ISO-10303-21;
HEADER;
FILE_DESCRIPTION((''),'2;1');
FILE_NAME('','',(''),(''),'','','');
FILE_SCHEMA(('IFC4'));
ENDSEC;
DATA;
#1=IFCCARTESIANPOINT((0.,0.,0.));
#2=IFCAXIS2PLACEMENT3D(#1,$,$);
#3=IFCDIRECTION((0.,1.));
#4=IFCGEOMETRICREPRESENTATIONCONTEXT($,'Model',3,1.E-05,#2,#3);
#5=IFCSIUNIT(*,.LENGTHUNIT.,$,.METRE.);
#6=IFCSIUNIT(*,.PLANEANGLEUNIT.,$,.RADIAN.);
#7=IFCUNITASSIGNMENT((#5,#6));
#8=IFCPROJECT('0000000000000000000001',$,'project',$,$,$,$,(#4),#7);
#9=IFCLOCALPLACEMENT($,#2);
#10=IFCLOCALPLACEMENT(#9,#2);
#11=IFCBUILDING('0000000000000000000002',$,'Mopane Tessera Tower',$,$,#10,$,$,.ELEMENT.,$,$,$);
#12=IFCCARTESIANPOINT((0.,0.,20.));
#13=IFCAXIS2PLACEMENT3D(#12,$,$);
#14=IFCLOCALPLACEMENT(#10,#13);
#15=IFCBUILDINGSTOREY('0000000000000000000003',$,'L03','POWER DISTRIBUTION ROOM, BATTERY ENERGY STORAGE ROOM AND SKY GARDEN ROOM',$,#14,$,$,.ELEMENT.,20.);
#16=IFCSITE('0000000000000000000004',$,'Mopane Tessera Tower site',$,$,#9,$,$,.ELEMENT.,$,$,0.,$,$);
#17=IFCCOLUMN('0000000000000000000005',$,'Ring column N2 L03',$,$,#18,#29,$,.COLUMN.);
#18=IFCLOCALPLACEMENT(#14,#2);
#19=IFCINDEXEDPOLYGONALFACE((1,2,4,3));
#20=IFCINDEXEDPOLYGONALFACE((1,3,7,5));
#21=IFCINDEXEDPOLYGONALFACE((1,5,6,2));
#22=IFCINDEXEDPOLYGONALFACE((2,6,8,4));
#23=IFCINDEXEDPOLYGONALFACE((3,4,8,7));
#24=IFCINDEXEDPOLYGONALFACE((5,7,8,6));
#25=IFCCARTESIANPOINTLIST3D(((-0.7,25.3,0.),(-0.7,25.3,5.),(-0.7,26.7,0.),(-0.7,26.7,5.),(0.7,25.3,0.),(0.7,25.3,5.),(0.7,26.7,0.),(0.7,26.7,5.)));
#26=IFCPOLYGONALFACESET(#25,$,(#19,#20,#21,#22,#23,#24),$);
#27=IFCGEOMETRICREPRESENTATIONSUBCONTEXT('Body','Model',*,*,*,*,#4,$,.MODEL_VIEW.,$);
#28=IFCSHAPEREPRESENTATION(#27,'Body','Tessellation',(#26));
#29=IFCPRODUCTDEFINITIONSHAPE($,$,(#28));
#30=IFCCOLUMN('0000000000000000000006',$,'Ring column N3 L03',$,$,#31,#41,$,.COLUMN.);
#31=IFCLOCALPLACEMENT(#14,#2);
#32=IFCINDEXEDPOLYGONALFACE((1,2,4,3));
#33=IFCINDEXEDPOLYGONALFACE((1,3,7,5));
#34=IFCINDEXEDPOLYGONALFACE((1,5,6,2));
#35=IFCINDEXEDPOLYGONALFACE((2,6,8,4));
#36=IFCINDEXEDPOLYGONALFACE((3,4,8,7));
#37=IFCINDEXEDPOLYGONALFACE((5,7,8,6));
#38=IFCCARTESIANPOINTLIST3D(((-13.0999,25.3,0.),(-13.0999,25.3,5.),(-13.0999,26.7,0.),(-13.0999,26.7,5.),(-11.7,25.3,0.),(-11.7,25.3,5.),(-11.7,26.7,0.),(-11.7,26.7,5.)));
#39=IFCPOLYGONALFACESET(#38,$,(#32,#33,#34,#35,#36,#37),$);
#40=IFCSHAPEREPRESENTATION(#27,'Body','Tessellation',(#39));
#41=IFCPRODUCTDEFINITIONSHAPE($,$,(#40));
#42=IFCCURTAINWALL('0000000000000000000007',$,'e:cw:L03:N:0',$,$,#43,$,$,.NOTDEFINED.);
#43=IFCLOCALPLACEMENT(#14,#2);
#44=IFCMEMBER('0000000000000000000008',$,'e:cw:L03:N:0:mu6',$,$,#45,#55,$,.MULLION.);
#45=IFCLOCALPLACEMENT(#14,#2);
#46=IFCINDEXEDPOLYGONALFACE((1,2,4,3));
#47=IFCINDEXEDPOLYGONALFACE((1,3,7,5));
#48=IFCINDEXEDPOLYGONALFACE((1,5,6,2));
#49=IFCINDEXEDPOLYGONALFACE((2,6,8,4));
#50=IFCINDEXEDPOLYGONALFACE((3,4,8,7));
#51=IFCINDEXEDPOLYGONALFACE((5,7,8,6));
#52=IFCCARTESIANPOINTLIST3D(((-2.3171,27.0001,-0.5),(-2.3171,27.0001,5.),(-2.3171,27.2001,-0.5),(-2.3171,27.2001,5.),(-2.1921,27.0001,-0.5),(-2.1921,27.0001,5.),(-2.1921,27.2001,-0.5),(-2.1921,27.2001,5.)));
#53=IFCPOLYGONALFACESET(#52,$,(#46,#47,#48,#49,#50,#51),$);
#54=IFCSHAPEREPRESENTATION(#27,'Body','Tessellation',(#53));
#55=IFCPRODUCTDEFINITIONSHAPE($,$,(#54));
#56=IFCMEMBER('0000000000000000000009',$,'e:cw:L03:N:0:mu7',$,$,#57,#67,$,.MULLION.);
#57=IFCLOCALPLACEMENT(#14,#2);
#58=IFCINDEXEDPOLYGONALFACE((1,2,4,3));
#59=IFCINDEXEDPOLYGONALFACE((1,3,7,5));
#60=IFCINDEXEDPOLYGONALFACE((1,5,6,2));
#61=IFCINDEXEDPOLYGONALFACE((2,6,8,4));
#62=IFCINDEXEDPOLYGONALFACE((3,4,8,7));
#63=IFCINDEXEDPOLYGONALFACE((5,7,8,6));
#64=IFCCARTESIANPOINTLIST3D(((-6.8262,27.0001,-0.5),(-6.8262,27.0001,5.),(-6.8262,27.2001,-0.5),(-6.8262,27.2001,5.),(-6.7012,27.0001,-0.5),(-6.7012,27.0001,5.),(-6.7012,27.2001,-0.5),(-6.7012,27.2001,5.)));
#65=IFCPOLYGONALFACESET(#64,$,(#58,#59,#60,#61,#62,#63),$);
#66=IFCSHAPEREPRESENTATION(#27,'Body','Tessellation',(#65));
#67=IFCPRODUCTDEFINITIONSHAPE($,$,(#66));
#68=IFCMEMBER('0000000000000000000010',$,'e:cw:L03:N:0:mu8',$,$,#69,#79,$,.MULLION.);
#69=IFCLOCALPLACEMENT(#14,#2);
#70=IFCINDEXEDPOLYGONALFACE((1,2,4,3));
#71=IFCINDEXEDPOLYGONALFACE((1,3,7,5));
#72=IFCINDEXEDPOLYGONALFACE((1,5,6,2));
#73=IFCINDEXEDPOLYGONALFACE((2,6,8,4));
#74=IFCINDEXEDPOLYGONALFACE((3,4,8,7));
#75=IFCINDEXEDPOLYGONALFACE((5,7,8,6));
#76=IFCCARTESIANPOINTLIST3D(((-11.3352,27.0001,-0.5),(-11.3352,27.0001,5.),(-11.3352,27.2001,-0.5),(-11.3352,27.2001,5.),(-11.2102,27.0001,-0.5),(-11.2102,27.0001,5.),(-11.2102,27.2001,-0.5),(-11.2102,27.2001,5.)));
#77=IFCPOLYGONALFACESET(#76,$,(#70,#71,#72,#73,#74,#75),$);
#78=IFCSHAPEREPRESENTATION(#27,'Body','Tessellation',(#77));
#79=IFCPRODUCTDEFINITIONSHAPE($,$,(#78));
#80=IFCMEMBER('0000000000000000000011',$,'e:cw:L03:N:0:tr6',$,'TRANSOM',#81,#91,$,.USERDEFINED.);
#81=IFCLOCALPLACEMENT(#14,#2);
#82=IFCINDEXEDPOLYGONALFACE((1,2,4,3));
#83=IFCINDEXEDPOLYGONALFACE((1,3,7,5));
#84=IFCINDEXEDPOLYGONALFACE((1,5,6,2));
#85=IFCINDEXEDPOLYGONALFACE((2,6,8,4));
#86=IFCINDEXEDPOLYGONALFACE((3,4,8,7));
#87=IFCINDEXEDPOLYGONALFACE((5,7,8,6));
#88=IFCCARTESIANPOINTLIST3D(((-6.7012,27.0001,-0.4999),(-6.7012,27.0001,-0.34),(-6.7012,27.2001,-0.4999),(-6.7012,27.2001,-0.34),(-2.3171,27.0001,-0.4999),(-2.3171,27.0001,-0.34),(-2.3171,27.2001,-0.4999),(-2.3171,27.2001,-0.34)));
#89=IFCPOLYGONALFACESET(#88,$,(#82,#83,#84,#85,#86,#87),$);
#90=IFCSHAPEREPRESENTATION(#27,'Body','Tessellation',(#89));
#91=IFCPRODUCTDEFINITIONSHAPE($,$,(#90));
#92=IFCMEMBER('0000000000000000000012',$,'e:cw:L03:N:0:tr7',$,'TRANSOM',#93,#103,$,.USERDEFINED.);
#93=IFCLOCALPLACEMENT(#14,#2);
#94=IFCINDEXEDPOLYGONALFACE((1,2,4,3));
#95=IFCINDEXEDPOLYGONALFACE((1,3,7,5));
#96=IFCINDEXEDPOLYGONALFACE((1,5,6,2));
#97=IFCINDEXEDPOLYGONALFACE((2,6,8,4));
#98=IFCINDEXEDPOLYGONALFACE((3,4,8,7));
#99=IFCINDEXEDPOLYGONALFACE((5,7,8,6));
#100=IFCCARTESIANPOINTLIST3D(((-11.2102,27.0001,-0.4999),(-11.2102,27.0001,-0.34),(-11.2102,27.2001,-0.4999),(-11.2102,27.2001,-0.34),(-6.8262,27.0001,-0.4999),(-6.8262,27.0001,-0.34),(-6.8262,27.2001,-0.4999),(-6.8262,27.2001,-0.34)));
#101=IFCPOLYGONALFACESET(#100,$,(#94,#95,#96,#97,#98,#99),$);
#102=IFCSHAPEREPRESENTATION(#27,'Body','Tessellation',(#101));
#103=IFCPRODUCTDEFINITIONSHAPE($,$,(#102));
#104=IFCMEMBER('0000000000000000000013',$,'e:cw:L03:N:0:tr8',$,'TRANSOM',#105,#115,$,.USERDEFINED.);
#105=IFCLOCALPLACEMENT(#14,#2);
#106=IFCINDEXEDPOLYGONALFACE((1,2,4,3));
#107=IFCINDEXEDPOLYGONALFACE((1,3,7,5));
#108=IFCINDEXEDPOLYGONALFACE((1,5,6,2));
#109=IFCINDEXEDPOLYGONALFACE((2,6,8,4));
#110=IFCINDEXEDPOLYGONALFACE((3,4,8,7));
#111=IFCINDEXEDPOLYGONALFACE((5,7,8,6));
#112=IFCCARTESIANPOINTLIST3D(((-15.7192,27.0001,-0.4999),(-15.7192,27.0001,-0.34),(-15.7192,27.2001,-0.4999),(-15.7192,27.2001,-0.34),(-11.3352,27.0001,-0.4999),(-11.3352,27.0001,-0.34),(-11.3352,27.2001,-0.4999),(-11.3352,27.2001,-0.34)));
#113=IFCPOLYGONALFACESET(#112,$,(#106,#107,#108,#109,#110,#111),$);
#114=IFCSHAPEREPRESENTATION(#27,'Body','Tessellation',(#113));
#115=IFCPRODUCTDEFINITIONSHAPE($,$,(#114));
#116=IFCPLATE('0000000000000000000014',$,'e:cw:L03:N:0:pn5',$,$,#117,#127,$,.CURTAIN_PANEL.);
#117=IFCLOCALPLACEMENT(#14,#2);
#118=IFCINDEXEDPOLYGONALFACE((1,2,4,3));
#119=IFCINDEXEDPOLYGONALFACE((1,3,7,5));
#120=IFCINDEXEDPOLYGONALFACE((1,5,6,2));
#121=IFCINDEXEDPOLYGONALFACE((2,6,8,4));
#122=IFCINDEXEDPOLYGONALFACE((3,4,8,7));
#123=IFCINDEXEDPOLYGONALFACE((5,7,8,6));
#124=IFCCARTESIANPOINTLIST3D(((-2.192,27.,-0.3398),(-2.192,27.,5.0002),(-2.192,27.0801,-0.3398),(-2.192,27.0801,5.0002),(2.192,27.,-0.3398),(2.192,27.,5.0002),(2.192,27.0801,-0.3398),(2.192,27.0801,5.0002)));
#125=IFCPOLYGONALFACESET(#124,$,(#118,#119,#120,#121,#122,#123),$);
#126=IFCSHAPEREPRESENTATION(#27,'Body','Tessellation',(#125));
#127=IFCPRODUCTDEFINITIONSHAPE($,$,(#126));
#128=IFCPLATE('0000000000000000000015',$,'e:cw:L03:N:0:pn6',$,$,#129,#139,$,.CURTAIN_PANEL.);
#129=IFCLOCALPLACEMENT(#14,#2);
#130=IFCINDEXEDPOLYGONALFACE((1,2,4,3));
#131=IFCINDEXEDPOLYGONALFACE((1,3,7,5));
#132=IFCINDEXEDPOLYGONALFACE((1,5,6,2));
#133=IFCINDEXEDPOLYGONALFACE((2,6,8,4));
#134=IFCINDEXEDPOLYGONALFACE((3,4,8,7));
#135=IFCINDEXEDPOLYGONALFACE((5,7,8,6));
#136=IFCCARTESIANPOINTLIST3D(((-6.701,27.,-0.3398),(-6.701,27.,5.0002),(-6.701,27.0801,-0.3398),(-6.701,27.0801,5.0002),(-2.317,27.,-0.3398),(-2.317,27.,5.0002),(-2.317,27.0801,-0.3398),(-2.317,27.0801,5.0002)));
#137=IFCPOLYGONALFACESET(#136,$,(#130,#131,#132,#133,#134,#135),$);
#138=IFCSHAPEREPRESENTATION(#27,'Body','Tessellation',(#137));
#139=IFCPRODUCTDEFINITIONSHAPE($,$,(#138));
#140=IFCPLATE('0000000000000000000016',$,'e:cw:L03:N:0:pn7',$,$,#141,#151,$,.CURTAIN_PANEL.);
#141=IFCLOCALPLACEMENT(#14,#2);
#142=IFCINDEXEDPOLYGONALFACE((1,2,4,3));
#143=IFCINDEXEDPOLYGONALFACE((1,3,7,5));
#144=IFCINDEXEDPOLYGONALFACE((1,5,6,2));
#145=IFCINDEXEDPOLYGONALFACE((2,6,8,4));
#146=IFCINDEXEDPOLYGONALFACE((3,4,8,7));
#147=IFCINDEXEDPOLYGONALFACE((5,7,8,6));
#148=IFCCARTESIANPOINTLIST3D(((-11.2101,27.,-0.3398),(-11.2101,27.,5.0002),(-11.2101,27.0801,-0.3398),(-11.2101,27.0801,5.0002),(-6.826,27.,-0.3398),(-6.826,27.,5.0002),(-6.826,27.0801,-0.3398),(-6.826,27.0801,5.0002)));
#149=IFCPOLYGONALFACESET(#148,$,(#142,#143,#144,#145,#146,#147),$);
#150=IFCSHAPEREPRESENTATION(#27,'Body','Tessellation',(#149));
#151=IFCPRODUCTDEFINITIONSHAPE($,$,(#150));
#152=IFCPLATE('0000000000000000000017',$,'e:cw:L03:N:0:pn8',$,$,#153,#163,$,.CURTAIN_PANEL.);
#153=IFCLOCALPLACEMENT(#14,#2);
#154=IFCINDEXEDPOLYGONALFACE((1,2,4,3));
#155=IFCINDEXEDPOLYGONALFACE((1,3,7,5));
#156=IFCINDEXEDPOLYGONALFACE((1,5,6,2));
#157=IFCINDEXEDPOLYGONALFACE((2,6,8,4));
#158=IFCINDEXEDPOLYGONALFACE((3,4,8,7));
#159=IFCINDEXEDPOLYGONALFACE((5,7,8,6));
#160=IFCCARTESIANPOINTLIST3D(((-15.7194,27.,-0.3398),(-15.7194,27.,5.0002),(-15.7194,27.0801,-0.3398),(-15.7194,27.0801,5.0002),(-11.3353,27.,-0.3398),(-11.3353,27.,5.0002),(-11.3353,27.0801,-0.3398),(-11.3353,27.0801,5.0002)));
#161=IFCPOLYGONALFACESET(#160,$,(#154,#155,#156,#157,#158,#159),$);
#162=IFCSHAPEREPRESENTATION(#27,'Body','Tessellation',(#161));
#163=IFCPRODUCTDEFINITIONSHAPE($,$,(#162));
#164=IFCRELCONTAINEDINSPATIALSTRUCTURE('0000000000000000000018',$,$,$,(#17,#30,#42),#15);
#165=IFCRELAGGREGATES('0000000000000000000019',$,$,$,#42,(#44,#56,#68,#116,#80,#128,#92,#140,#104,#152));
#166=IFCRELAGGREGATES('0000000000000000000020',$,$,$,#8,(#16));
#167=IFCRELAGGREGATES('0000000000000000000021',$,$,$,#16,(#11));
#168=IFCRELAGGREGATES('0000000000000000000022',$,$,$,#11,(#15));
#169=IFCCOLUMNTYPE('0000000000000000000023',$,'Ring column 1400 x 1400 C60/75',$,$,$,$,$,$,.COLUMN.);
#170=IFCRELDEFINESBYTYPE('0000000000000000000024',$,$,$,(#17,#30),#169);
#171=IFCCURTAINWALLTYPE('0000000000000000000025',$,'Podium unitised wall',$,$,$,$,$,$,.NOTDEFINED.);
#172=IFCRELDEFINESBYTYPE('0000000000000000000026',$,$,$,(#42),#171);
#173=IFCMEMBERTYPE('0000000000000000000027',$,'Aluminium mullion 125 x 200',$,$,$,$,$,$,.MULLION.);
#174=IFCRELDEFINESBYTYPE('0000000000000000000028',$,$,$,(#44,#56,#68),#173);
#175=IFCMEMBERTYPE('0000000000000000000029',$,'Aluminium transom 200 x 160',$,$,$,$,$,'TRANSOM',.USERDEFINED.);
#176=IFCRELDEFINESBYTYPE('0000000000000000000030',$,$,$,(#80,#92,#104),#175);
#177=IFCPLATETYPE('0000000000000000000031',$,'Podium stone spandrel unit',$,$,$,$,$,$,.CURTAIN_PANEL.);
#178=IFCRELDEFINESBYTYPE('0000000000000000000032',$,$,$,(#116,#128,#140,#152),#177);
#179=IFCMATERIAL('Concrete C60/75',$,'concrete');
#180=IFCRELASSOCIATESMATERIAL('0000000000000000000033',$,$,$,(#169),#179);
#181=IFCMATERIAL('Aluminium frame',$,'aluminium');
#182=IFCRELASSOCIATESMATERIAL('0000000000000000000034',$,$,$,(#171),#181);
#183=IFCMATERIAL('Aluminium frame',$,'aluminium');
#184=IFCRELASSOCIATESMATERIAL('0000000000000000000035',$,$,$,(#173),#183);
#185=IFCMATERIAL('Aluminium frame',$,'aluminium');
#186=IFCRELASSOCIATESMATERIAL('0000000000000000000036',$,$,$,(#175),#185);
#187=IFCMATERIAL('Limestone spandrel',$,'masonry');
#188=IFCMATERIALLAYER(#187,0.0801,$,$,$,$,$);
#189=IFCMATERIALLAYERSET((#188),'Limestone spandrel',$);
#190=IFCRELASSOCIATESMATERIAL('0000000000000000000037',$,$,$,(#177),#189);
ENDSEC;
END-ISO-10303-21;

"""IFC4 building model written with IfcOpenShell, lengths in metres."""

from ifc_helpers import new_model, si_unit, direction, frame, origin, origin_2d, place, context, subcontext, project, spatial, rectangle, extrude, material, layer, layer_set, material_profile, profile_set, type_object, element, aggregate, save


model = new_model("IFC4")

# Units and contexts
model_context = context("Model", 3, precision=1e-05, world=origin(), true_north=direction((0.0, 1.0)))
body_context = subcontext(model_context, "Body", "Model", "MODEL_VIEW")
ifc_project = project(units=[si_unit("LENGTHUNIT", "METRE"), si_unit("PLANEANGLEUNIT", "RADIAN")], contexts=[model_context])

# Site, building, storey
site_placement = place(None, origin())
site = spatial("IfcSite", under=ifc_project, at=site_placement, Name="Mopane Tessera Tower site", CompositionType="ELEMENT", RefElevation=0.0)
building_placement = place(site_placement, origin())
building = spatial("IfcBuilding", under=site, at=building_placement, Name="Mopane Tessera Tower", CompositionType="ELEMENT")
storey_placement = place(building_placement, frame((0.0, 0.0, 20.0)))
storey = spatial("IfcBuildingStorey", under=building, at=storey_placement, Name="L03", Description="POWER DISTRIBUTION ROOM, BATTERY ENERGY STORAGE ROOM AND SKY GARDEN ROOM", CompositionType="ELEMENT", Elevation=20.0)

# Columns
ifc_material_1 = material(Name="Concrete C60/75", Category="concrete")
ifc_material_profile_1 = material_profile(ifc_material_1, rectangle(XDim=1.3999, YDim=1.3999, at=origin_2d()))
ifc_profile_set_1 = profile_set([ifc_material_profile_1], Name="Concrete C60/75")
column_type = type_object("IfcColumnType", Name="Ring column 1400 x 1400 C60/75", PredefinedType="COLUMN", material=ifc_profile_set_1)
for number, where, z_axis, x_axis, name in (
    (1, (0.0, 26.0, 0.0), (0.0, 0.0, 1.0), (1.0, 0.0, 0.0), "Ring column N2 L03"),
    (2, (-12.3999, 26.0, 0.0), (0.0, 0.0, 1.0), (1.0, 0.0, 0.0), "Ring column N3 L03"),
):
    element("IfcColumn", number, at=place(storey_placement, frame(where, z_axis=z_axis, x_axis=x_axis)), inside=storey, type_object=column_type, Name=name, PredefinedType="COLUMN", context=body_context, shape_type="SweptSolid", body=[
        extrude(rectangle(XDim=1.3999, YDim=1.3999, at=origin_2d()), origin(), (0.0, 0.0, 1.0), 5.0),
    ])

# Curtain wall, members, plates
ifc_material_2 = material(Name="Aluminium frame", Category="aluminium")
curtain_wall_type = type_object("IfcCurtainWallType", Name="Podium unitised wall", PredefinedType="NOTDEFINED", material=ifc_material_2)
curtain_wall_placement = place(storey_placement, origin())
curtain_wall = element("IfcCurtainWall", 3, at=curtain_wall_placement, inside=storey, type_object=curtain_wall_type, Name="e:cw:L03:N:0", PredefinedType="NOTDEFINED")
ifc_material_3 = material(Name="Aluminium frame", Category="aluminium")
ifc_material_profile_2 = material_profile(ifc_material_3, rectangle(XDim=0.125, YDim=0.2, at=origin_2d()))
ifc_profile_set_2 = profile_set([ifc_material_profile_2], Name="Aluminium frame")
member_type_1 = type_object("IfcMemberType", Name="Aluminium mullion 125 x 200", PredefinedType="MULLION", material=ifc_profile_set_2)
member_1_placement = place(storey_placement, frame((-2.2546, 27.1001, -0.5), z_axis=(0.0, 0.0, 1.0), x_axis=(-1.0, 0.0, 0.0)))
member_1 = element("IfcMember", 4, at=member_1_placement, type_object=member_type_1, Name="e:cw:L03:N:0:mu6", PredefinedType="MULLION", context=body_context, shape_type="SweptSolid", body=[
    extrude(rectangle(XDim=0.125, YDim=0.2, at=origin_2d()), origin(), (0.0, 0.0, 1.0), 5.5),
])
member_2_placement = place(storey_placement, frame((-6.7637, 27.1001, -0.5), z_axis=(0.0, 0.0, 1.0), x_axis=(-1.0, 0.0, 0.0)))
member_2 = element("IfcMember", 5, at=member_2_placement, type_object=member_type_1, Name="e:cw:L03:N:0:mu7", PredefinedType="MULLION", context=body_context, shape_type="SweptSolid", body=[
    extrude(rectangle(XDim=0.125, YDim=0.2, at=origin_2d()), origin(), (0.0, 0.0, 1.0), 5.5),
])
member_3_placement = place(storey_placement, frame((-11.2727, 27.1001, -0.5), z_axis=(0.0, 0.0, 1.0), x_axis=(-1.0, 0.0, 0.0)))
member_3 = element("IfcMember", 6, at=member_3_placement, type_object=member_type_1, Name="e:cw:L03:N:0:mu8", PredefinedType="MULLION", context=body_context, shape_type="SweptSolid", body=[
    extrude(rectangle(XDim=0.125, YDim=0.2, at=origin_2d()), origin(), (0.0, 0.0, 1.0), 5.5),
])
ifc_material_4 = material(Name="Aluminium frame", Category="aluminium")
ifc_material_profile_3 = material_profile(ifc_material_4, rectangle(XDim=0.2, YDim=0.1599, at=origin_2d()))
ifc_profile_set_3 = profile_set([ifc_material_profile_3], Name="Aluminium frame")
member_type_2 = type_object("IfcMemberType", Name="Aluminium transom 200 x 160", ElementType="TRANSOM", PredefinedType="USERDEFINED", material=ifc_profile_set_3)
member_4_placement = place(storey_placement, frame((-2.3171, 27.1001, -0.4199), z_axis=(-1.0, 0.0, 0.0), x_axis=(0.0, -1.0, 0.0)))
member_4 = element("IfcMember", 7, at=member_4_placement, type_object=member_type_2, Name="e:cw:L03:N:0:tr6", ObjectType="TRANSOM", PredefinedType="USERDEFINED", context=body_context, shape_type="SweptSolid", body=[
    extrude(rectangle(XDim=0.2, YDim=0.1599, at=origin_2d()), origin(), (0.0, 0.0, 1.0), 4.384),
])
member_5_placement = place(storey_placement, frame((-6.8262, 27.1001, -0.4199), z_axis=(-1.0, 0.0, 0.0), x_axis=(0.0, -1.0, 0.0)))
member_5 = element("IfcMember", 8, at=member_5_placement, type_object=member_type_2, Name="e:cw:L03:N:0:tr7", ObjectType="TRANSOM", PredefinedType="USERDEFINED", context=body_context, shape_type="SweptSolid", body=[
    extrude(rectangle(XDim=0.2, YDim=0.1599, at=origin_2d()), origin(), (0.0, 0.0, 1.0), 4.384),
])
member_6_placement = place(storey_placement, frame((-11.3352, 27.1001, -0.4199), z_axis=(-1.0, 0.0, 0.0), x_axis=(0.0, -1.0, 0.0)))
member_6 = element("IfcMember", 9, at=member_6_placement, type_object=member_type_2, Name="e:cw:L03:N:0:tr8", ObjectType="TRANSOM", PredefinedType="USERDEFINED", context=body_context, shape_type="SweptSolid", body=[
    extrude(rectangle(XDim=0.2, YDim=0.1599, at=origin_2d()), origin(), (0.0, 0.0, 1.0), 4.384),
])
ifc_material_5 = material(Name="Limestone spandrel", Category="masonry")
ifc_layer_1 = layer(ifc_material_5, 0.0801)
ifc_layer_set_1 = layer_set([ifc_layer_1], Name="Limestone spandrel")
plate_type = type_object("IfcPlateType", Name="Podium stone spandrel unit", PredefinedType="CURTAIN_PANEL", material=ifc_layer_set_1)
plate_1_placement = place(storey_placement, frame((0.0, 27.04, -0.3398), z_axis=(0.0, 0.0, 1.0), x_axis=(-1.0, 0.0, 0.0)))
plate_1 = element("IfcPlate", 10, at=plate_1_placement, type_object=plate_type, Name="e:cw:L03:N:0:pn5", PredefinedType="CURTAIN_PANEL", context=body_context, shape_type="SweptSolid", body=[
    extrude(rectangle(XDim=4.384, YDim=0.0801, at=origin_2d()), origin(), (0.0, 0.0, 1.0), 5.3401),
])
plate_2_placement = place(storey_placement, frame((-4.509, 27.04, -0.3398), z_axis=(0.0, 0.0, 1.0), x_axis=(-1.0, 0.0, 0.0)))
plate_2 = element("IfcPlate", 11, at=plate_2_placement, type_object=plate_type, Name="e:cw:L03:N:0:pn6", PredefinedType="CURTAIN_PANEL", context=body_context, shape_type="SweptSolid", body=[
    extrude(rectangle(XDim=4.384, YDim=0.0801, at=origin_2d()), origin(), (0.0, 0.0, 1.0), 5.3401),
])
plate_3_placement = place(storey_placement, frame((-9.0181, 27.04, -0.3398), z_axis=(0.0, 0.0, 1.0), x_axis=(-1.0, 0.0, 0.0)))
plate_3 = element("IfcPlate", 12, at=plate_3_placement, type_object=plate_type, Name="e:cw:L03:N:0:pn7", PredefinedType="CURTAIN_PANEL", context=body_context, shape_type="SweptSolid", body=[
    extrude(rectangle(XDim=4.384, YDim=0.0801, at=origin_2d()), origin(), (0.0, 0.0, 1.0), 5.3401),
])
plate_4_placement = place(storey_placement, frame((-13.5273, 27.04, -0.3398), z_axis=(0.0, 0.0, 1.0), x_axis=(-1.0, 0.0, 0.0)))
plate_4 = element("IfcPlate", 13, at=plate_4_placement, type_object=plate_type, Name="e:cw:L03:N:0:pn8", PredefinedType="CURTAIN_PANEL", context=body_context, shape_type="SweptSolid", body=[
    extrude(rectangle(XDim=4.384, YDim=0.0801, at=origin_2d()), origin(), (0.0, 0.0, 1.0), 5.3401),
])
aggregate(curtain_wall, [member_1, member_2, member_3, plate_1, member_4, plate_2, member_5, plate_3, member_6, plate_4])

save(model, "model.ifc")
